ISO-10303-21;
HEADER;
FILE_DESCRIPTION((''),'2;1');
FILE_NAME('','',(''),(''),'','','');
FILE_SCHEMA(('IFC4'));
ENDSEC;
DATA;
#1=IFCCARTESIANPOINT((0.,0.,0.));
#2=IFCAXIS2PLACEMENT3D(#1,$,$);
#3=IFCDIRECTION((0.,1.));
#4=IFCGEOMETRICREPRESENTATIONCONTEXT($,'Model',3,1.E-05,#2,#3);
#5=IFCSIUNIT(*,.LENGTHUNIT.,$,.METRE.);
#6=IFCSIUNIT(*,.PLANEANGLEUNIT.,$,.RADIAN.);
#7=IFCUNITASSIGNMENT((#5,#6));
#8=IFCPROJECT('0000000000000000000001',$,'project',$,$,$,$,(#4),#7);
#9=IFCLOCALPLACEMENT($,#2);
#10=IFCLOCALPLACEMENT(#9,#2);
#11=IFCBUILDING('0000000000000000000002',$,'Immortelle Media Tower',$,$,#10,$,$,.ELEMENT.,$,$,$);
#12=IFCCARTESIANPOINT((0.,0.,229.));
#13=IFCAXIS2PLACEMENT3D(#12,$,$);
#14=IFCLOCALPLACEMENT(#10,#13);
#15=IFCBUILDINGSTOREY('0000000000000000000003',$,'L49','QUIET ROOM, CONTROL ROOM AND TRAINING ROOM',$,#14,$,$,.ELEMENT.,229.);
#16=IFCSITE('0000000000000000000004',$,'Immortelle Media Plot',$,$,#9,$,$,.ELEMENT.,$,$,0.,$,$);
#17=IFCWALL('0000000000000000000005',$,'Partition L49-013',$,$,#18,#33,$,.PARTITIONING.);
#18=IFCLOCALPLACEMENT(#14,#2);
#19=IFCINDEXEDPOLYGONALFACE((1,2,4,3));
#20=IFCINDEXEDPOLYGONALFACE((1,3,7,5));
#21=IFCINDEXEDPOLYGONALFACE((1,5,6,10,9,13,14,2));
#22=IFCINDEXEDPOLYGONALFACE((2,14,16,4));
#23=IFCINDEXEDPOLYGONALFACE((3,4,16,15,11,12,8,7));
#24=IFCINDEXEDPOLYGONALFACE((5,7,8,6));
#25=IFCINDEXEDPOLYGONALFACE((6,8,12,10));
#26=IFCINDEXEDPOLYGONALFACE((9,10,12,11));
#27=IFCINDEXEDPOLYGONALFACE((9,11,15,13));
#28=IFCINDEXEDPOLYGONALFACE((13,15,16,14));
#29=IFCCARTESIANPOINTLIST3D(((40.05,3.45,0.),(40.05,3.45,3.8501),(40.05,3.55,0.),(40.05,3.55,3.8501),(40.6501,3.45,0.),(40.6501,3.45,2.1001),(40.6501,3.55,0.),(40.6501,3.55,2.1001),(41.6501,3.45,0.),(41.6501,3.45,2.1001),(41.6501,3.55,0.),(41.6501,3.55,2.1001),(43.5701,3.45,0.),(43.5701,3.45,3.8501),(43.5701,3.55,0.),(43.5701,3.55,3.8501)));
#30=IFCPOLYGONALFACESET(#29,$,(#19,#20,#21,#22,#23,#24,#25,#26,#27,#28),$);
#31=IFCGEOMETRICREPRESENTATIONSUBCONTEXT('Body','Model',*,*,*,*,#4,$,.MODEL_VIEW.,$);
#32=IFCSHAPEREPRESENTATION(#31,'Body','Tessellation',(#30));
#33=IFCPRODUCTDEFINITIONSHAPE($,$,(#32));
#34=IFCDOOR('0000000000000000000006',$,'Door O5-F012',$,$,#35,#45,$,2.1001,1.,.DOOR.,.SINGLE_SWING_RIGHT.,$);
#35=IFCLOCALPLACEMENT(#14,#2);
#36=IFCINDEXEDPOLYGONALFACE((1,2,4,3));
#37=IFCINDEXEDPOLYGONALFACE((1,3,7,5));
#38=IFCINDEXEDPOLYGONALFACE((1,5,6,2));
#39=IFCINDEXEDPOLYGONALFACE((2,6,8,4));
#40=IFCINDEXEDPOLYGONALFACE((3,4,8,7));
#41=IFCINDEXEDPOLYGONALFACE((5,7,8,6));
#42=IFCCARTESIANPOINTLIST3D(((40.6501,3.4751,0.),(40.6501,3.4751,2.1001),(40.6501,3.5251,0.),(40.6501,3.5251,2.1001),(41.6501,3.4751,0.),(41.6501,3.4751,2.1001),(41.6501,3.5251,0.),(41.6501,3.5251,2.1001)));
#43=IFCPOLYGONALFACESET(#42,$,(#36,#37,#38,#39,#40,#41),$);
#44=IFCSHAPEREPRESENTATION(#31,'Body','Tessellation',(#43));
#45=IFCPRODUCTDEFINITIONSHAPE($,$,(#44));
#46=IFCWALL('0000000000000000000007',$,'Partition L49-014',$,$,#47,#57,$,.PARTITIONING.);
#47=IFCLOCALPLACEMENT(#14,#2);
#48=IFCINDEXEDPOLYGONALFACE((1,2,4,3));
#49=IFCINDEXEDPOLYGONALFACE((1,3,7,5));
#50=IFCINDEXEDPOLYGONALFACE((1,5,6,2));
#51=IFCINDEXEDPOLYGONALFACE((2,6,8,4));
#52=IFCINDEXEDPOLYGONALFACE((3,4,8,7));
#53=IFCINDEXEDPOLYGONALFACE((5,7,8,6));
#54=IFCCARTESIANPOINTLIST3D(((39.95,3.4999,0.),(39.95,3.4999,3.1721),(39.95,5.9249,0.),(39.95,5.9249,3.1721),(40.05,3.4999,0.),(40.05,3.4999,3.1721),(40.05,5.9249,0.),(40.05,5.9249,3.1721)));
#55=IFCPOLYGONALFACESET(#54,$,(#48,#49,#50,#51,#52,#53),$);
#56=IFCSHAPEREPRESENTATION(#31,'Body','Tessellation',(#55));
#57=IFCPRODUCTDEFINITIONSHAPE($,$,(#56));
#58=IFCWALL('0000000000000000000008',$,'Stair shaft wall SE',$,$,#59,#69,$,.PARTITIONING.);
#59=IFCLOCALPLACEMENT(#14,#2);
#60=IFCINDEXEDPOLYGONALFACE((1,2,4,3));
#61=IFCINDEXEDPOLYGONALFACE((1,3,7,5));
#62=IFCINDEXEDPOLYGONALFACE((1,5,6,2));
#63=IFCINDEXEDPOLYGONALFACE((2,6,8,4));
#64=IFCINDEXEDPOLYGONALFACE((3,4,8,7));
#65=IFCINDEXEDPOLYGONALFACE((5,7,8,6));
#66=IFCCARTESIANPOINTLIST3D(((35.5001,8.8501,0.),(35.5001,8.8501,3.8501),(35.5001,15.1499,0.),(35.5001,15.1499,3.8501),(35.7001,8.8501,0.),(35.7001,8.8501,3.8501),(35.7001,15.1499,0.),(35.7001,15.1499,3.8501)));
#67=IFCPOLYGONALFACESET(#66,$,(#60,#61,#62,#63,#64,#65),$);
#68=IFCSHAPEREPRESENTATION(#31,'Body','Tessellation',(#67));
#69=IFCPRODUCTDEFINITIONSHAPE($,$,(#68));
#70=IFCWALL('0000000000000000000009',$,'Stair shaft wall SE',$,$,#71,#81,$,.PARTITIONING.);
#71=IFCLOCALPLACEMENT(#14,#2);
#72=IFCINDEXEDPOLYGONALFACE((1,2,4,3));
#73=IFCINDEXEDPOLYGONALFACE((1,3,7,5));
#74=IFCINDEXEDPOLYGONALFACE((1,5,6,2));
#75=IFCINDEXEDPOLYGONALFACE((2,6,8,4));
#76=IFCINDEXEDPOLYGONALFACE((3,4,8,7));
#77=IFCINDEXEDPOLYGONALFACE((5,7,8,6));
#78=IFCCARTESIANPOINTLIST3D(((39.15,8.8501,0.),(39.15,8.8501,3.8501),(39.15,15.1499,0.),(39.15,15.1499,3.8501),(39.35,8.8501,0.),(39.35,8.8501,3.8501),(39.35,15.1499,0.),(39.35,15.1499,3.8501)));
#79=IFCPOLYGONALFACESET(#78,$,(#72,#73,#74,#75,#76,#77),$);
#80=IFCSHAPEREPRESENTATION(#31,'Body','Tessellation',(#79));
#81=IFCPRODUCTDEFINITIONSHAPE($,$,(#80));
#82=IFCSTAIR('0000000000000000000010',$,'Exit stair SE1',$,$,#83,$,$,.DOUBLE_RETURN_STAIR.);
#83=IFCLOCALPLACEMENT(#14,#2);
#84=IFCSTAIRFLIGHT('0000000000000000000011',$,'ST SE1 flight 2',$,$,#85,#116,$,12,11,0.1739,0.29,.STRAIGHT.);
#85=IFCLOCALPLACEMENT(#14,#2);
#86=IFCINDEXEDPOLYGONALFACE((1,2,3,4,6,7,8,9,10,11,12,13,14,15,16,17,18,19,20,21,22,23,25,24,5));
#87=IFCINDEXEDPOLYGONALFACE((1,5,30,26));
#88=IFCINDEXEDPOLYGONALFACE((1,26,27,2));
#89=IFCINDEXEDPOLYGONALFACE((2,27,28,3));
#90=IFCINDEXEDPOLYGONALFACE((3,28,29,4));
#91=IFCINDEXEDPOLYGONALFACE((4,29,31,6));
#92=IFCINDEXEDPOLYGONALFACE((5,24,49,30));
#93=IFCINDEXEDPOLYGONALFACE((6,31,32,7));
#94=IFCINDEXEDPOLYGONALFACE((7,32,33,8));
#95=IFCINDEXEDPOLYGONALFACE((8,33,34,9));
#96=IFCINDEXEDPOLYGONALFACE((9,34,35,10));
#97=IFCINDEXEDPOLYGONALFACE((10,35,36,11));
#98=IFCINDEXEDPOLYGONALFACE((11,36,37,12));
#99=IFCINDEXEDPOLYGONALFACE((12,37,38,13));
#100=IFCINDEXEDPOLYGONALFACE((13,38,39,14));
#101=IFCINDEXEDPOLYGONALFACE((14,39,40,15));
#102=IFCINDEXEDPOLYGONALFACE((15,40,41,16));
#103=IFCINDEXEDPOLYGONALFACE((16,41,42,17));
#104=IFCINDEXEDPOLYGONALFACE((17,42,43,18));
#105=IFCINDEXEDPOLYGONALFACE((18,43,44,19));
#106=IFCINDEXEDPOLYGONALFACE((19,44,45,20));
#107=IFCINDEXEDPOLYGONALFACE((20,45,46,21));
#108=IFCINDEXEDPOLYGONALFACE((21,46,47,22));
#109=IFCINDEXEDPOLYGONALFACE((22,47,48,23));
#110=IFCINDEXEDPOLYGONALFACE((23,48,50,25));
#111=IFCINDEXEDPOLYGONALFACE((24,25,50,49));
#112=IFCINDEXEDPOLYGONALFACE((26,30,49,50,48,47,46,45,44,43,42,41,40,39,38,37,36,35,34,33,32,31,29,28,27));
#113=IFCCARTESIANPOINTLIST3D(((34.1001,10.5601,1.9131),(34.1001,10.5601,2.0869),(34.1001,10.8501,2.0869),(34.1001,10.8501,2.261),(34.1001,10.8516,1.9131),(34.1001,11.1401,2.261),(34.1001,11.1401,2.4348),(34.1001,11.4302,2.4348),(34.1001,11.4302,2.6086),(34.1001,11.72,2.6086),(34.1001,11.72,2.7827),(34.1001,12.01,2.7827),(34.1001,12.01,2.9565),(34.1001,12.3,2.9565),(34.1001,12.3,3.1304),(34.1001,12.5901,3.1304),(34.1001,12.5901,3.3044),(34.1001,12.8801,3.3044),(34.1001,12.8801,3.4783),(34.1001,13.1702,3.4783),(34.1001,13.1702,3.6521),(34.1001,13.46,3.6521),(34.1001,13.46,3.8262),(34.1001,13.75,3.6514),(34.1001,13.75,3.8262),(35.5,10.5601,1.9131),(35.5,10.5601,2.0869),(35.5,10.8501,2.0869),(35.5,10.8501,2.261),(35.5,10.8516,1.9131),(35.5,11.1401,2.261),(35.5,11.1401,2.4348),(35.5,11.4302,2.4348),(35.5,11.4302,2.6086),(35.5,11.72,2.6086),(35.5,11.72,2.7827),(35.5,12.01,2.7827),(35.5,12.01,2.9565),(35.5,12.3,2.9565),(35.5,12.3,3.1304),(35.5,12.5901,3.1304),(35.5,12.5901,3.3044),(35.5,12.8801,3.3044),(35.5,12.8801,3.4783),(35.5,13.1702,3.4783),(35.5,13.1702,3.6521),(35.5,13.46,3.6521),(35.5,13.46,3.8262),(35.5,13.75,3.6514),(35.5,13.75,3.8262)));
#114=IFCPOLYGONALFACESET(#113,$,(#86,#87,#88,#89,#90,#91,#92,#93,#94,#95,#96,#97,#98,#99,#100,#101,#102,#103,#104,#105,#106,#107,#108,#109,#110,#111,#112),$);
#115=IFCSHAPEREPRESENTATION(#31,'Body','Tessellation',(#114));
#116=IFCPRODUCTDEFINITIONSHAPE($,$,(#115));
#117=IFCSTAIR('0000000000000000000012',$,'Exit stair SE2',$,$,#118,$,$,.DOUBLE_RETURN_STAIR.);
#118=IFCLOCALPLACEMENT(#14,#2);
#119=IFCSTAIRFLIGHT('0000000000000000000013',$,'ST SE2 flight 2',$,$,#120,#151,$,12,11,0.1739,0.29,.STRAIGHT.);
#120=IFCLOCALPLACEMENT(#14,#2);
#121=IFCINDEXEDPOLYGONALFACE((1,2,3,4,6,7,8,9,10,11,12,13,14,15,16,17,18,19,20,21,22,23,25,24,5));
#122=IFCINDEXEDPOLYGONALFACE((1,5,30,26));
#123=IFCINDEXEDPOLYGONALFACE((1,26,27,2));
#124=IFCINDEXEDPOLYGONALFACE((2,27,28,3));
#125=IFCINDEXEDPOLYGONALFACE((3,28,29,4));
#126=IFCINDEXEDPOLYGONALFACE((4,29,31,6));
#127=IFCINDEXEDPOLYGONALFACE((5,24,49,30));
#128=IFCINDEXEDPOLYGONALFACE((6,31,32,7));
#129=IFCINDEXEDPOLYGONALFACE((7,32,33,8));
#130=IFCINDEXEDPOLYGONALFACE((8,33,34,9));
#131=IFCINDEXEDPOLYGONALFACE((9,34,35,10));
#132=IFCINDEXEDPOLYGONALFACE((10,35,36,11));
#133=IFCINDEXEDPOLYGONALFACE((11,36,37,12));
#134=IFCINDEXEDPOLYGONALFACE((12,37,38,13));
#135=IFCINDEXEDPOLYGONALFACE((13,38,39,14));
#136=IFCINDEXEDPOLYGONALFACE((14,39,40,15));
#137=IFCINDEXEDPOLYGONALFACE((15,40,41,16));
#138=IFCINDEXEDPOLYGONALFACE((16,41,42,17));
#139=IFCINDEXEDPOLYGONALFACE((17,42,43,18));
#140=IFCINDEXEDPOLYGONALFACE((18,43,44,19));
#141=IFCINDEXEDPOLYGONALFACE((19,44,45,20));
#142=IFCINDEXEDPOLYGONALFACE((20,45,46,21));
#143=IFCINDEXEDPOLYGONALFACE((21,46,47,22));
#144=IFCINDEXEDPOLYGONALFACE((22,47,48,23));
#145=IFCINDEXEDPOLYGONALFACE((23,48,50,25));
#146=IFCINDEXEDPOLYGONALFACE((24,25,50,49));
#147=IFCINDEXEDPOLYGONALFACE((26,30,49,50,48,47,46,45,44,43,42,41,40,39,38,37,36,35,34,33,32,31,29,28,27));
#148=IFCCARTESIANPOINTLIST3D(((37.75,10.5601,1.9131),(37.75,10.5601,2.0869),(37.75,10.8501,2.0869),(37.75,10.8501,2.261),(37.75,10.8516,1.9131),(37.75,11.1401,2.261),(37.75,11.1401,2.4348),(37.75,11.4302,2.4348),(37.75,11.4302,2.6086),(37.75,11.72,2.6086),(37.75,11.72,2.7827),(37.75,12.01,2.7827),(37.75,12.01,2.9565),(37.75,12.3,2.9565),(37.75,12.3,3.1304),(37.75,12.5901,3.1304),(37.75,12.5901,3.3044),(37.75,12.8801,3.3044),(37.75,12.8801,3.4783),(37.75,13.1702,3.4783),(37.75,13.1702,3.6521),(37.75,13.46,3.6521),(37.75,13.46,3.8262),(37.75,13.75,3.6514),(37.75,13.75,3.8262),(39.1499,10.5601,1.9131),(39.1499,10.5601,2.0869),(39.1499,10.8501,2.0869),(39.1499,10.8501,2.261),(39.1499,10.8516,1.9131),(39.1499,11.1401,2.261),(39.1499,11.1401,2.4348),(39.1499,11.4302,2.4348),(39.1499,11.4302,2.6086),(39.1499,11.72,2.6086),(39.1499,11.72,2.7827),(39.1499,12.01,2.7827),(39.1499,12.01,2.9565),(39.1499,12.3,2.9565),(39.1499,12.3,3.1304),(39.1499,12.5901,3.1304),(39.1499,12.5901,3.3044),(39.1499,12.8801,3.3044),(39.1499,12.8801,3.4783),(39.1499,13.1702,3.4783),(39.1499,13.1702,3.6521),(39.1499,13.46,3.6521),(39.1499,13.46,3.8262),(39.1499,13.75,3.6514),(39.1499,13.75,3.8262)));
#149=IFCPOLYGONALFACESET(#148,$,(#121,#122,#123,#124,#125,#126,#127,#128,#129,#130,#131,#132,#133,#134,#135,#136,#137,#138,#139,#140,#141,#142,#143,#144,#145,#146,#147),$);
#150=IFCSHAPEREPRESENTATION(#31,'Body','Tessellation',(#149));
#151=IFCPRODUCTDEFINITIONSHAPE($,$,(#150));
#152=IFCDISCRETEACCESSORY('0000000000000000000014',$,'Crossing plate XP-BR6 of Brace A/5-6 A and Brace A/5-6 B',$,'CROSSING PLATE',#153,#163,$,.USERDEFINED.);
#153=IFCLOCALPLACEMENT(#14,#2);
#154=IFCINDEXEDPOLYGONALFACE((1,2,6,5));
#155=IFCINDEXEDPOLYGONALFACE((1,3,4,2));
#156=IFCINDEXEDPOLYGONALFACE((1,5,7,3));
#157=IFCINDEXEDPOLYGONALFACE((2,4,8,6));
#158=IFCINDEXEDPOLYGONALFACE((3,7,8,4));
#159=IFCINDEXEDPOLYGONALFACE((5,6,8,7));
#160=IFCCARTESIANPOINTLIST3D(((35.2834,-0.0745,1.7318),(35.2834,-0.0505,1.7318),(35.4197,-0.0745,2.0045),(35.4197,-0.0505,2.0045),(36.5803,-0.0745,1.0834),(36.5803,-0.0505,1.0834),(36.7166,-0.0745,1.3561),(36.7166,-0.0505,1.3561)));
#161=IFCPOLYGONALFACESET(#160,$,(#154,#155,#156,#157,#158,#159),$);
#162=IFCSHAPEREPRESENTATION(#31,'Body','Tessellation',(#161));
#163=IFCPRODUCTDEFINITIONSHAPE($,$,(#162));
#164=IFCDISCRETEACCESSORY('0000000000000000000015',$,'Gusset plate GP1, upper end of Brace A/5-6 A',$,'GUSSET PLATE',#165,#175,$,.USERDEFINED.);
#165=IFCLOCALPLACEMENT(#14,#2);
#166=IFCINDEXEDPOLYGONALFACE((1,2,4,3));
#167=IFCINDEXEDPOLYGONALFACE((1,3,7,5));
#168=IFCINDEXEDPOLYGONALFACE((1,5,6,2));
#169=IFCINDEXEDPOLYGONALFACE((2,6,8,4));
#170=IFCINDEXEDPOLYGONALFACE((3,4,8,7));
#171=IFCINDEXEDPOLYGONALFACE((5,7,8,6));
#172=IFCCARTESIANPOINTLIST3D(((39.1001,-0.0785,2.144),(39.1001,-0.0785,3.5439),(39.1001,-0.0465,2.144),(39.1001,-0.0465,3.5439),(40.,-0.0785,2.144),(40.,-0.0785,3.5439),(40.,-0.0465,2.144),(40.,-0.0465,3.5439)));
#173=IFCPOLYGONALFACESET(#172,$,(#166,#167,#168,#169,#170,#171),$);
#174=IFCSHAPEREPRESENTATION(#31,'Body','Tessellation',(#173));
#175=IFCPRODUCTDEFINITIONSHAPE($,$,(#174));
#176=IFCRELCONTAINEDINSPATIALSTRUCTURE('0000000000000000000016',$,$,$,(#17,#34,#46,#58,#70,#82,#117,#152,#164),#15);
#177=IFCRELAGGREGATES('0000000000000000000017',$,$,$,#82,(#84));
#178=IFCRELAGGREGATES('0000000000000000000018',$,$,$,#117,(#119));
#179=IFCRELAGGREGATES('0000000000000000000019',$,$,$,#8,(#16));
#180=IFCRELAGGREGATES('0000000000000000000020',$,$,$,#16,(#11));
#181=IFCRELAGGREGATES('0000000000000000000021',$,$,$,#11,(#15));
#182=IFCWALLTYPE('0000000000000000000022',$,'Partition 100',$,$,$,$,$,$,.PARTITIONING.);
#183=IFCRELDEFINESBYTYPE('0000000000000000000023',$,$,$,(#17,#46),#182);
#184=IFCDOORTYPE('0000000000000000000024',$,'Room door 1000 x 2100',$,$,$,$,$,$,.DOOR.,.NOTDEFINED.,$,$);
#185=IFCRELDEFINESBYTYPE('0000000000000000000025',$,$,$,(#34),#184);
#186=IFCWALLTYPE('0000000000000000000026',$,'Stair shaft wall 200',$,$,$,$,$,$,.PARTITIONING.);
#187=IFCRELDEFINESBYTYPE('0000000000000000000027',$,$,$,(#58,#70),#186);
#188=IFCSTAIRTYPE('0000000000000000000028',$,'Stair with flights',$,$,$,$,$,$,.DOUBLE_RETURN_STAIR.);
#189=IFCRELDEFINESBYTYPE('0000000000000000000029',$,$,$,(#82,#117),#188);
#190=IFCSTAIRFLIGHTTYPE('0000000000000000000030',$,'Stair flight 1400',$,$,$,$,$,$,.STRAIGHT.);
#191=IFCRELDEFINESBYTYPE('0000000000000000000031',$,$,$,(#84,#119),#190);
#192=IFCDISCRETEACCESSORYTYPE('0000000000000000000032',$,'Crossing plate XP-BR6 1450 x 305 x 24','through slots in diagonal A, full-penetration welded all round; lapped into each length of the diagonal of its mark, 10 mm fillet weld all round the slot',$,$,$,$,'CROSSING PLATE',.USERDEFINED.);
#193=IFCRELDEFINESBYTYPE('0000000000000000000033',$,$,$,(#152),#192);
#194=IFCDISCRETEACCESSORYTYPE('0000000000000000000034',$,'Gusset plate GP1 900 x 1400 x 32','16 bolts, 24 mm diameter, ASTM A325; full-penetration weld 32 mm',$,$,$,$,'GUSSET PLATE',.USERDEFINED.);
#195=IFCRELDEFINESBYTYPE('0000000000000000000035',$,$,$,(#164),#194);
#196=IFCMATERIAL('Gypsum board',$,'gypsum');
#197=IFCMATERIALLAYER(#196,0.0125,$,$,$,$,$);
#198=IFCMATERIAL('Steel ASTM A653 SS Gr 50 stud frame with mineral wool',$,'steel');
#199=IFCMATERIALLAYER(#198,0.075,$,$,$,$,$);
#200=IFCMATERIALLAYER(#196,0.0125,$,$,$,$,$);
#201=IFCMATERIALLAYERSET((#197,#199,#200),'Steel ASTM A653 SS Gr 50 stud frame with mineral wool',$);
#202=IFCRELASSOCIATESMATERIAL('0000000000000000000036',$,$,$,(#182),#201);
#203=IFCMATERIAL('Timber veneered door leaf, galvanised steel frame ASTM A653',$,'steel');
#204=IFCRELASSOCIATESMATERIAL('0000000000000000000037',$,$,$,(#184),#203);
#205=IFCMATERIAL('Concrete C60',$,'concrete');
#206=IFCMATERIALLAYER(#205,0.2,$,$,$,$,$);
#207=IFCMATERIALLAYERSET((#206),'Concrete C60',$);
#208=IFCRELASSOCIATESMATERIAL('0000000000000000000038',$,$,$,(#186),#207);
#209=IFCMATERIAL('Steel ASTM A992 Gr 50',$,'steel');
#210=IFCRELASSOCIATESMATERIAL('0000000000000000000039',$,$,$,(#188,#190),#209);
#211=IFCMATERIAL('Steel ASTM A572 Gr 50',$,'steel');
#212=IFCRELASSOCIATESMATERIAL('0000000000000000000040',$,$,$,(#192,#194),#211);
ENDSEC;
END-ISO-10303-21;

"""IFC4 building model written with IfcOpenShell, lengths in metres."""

from ifc_helpers import new_model, si_unit, direction, frame, frame_2d, origin, origin_2d, place, context, subcontext, project, spatial, polyline, rectangle, outline, extrude, material, layer, layer_set, material_profile, profile_set, type_object, element, fill, aggregate, save


model = new_model("IFC4")

# Units and contexts
model_context = context("Model", 3, precision=1e-05, world=origin(), true_north=direction((0.0, 1.0)))
body_context = subcontext(model_context, "Body", "Model", "MODEL_VIEW")
ifc_project = project(units=[si_unit("LENGTHUNIT", "METRE"), si_unit("PLANEANGLEUNIT", "RADIAN")], contexts=[model_context])

# Site, building, storey
site_placement = place(None, origin())
site = spatial("IfcSite", under=ifc_project, at=site_placement, Name="Immortelle Media Plot", CompositionType="ELEMENT", RefElevation=0.0)
building_placement = place(site_placement, origin())
building = spatial("IfcBuilding", under=site, at=building_placement, Name="Immortelle Media Tower", CompositionType="ELEMENT")
storey_placement = place(building_placement, frame((0.0, 0.0, 229.0)))
storey = spatial("IfcBuildingStorey", under=building, at=storey_placement, Name="L49", Description="QUIET ROOM, CONTROL ROOM AND TRAINING ROOM", CompositionType="ELEMENT", Elevation=229.0)

# Shared definitions
ifc_material_1 = material(Name="Steel ASTM A992 Gr 50", Category="steel")

# Shared definitions
ifc_material_2 = material(Name="Steel ASTM A653 SS Gr 50 stud frame with mineral wool", Category="steel")
ifc_material_3 = material(Name="Gypsum board", Category="gypsum")
ifc_layer_1 = layer(ifc_material_3, 0.0125)
ifc_layer_2 = layer(ifc_material_2, 0.075)
ifc_layer_3 = layer(ifc_material_3, 0.0125)
ifc_layer_set_1 = layer_set([ifc_layer_1, ifc_layer_2, ifc_layer_3], Name="Steel ASTM A653 SS Gr 50 stud frame with mineral wool")
wall_type_1 = type_object("IfcWallType", Name="Partition 100", PredefinedType="PARTITIONING", material=ifc_layer_set_1)

# Wall, opening, door
wall_1_placement = place(storey_placement, frame((40.05, 3.5, 0.0), z_axis=(0.0, 0.0, 1.0), x_axis=(1.0, 0.0, 0.0)))
wall_1 = element("IfcWall", 1, at=wall_1_placement, inside=storey, type_object=wall_type_1, Name="Partition L49-013", PredefinedType="PARTITIONING", context=body_context, shape_type="SweptSolid", body=[
    extrude(rectangle(XDim=3.52, YDim=0.1001, at=frame_2d((1.76, 0.0))), origin(), (0.0, 0.0, 1.0), 3.8501),
])
opening_placement = place(wall_1_placement, frame((1.6001, 0.0, 0.0), z_axis=(0.0, 0.0, 1.0), x_axis=(-1.0, 0.0, 0.0)))
opening = element("IfcOpeningElement", 2, at=opening_placement, cuts=wall_1, PredefinedType="OPENING", context=body_context, shape_type="SweptSolid", body=[
    extrude(rectangle(XDim=1.0, YDim=2.1001, at=frame_2d((0.5, 1.05))), frame((0.0, 0.0601, 0.0), z_axis=(0.0, -1.0, 0.0), x_axis=(1.0, 0.0, 0.0)), (0.0, 0.0, 1.0), 0.1201),
])
ifc_material_4 = material(Name="Timber veneered door leaf, galvanised steel frame ASTM A653", Category="steel")
door_type = type_object("IfcDoorType", Name="Room door 1000 x 2100", OperationType="NOTDEFINED", PredefinedType="DOOR", material=ifc_material_4)
door_placement = place(opening_placement, origin())
door = element("IfcDoor", 3, at=door_placement, inside=storey, type_object=door_type, Name="Door O5-F012", OperationType="SINGLE_SWING_RIGHT", OverallHeight=2.1001, OverallWidth=1.0, PredefinedType="DOOR", context=body_context, shape_type="SweptSolid", body=[
    extrude(rectangle(XDim=1.0, YDim=2.1001, at=frame_2d((0.5, 1.05))), frame((0.0, 0.0249, 0.0), z_axis=(0.0, -1.0, 0.0), x_axis=(1.0, 0.0, 0.0)), (0.0, 0.0, 1.0), 0.05),
])
fill(opening, door)

# Walls
wall_2_placement = place(storey_placement, frame((40.0, 3.5, 0.0), z_axis=(0.0, 0.0, 1.0), x_axis=(0.0, 1.0, 0.0)))
element("IfcWall", 4, at=wall_2_placement, inside=storey, type_object=wall_type_1, Name="Partition L49-014", PredefinedType="PARTITIONING", context=body_context, shape_type="SweptSolid", body=[
    extrude(rectangle(XDim=2.425, YDim=0.1001, at=frame_2d((1.2124, 0.0))), origin(), (0.0, 0.0, 1.0), 3.1721),
])
ifc_material_5 = material(Name="Concrete C60", Category="concrete")
ifc_layer_4 = layer(ifc_material_5, 0.2)
ifc_layer_set_2 = layer_set([ifc_layer_4], Name="Concrete C60")
wall_type_2 = type_object("IfcWallType", Name="Stair shaft wall 200", PredefinedType="PARTITIONING", material=ifc_layer_set_2)
for number, where, z_axis, x_axis, name in (
    (5, (35.6001, 8.8501, 0.0), (0.0, 0.0, 1.0), (0.0, 1.0, 0.0), "Stair shaft wall SE"),
    (6, (39.25, 8.8501, 0.0), (0.0, 0.0, 1.0), (0.0, 1.0, 0.0), "Stair shaft wall SE"),
):
    element("IfcWall", number, at=place(storey_placement, frame(where, z_axis=z_axis, x_axis=x_axis)), inside=storey, type_object=wall_type_2, Name=name, PredefinedType="PARTITIONING", context=body_context, shape_type="SweptSolid", body=[
        extrude(rectangle(XDim=6.2998, YDim=0.2, at=frame_2d((3.1499, 0.0))), origin(), (0.0, 0.0, 1.0), 3.8501),
    ])

# Stairs, stair flights
stair_type = type_object("IfcStairType", Name="Stair with flights", PredefinedType="DOUBLE_RETURN_STAIR", material=ifc_material_1)
stair_1_placement = place(storey_placement, origin())
stair_1 = element("IfcStair", 7, at=stair_1_placement, inside=storey, type_object=stair_type, Name="Exit stair SE1", PredefinedType="DOUBLE_RETURN_STAIR")
stair_flight_type = type_object("IfcStairFlightType", Name="Stair flight 1400", PredefinedType="STRAIGHT", material=ifc_material_1)
stair_flight_1_placement = place(storey_placement, frame((34.8, 10.5601, 1.9131), z_axis=(0.0, 0.0, 1.0), x_axis=(0.0, 1.0, 0.0)))
stair_flight_1 = element("IfcStairFlight", 8, at=stair_flight_1_placement, type_object=stair_flight_type, Name="ST SE1 flight 2", NumberOfRisers=12, NumberOfTreads=11, PredefinedType="STRAIGHT", RiserHeight=0.1739, TreadLength=0.29, context=body_context, shape_type="SweptSolid", body=[
    extrude(outline(polyline([(0.0, 0.0), (0.0, 0.1738), (0.29, 0.1738), (0.29, 0.3479), (0.5801, 0.3479), (0.5801, 0.5217), (0.8701, 0.5217), (0.8701, 0.6956), (1.1599, 0.6956), (1.1599, 0.8696), (1.45, 0.8696), (1.45, 1.0435), (1.74, 1.0435), (1.74, 1.2173), (2.03, 1.2173), (2.03, 1.3914), (2.3201, 1.3914), (2.3201, 1.5652), (2.6101, 1.5652), (2.6101, 1.739), (2.8999, 1.739), (2.8999, 1.9131), (3.1899, 1.9131), (3.1899, 2.0869), (3.1899, 1.7383), (0.2915, 0.0), (0.0, 0.0)])), frame((0.0, 0.7, 0.0), z_axis=(0.0, -1.0, 0.0), x_axis=(1.0, 0.0, 0.0)), (0.0, 0.0, 1.0), 1.3999),
])
aggregate(stair_1, [stair_flight_1])
stair_2_placement = place(storey_placement, origin())
stair_2 = element("IfcStair", 9, at=stair_2_placement, inside=storey, type_object=stair_type, Name="Exit stair SE2", PredefinedType="DOUBLE_RETURN_STAIR")
stair_flight_2_placement = place(storey_placement, frame((38.45, 10.5601, 1.9131), z_axis=(0.0, 0.0, 1.0), x_axis=(0.0, 1.0, 0.0)))
stair_flight_2 = element("IfcStairFlight", 10, at=stair_flight_2_placement, type_object=stair_flight_type, Name="ST SE2 flight 2", NumberOfRisers=12, NumberOfTreads=11, PredefinedType="STRAIGHT", RiserHeight=0.1739, TreadLength=0.29, context=body_context, shape_type="SweptSolid", body=[
    extrude(outline(polyline([(0.0, 0.0), (0.0, 0.1738), (0.29, 0.1738), (0.29, 0.3479), (0.5801, 0.3479), (0.5801, 0.5217), (0.8701, 0.5217), (0.8701, 0.6956), (1.1599, 0.6956), (1.1599, 0.8696), (1.45, 0.8696), (1.45, 1.0435), (1.74, 1.0435), (1.74, 1.2173), (2.03, 1.2173), (2.03, 1.3914), (2.3201, 1.3914), (2.3201, 1.5652), (2.6101, 1.5652), (2.6101, 1.739), (2.8999, 1.739), (2.8999, 1.9131), (3.1899, 1.9131), (3.1899, 2.0869), (3.1899, 1.7383), (0.2915, 0.0), (0.0, 0.0)])), frame((0.0, 0.7, 0.0), z_axis=(0.0, -1.0, 0.0), x_axis=(1.0, 0.0, 0.0)), (0.0, 0.0, 1.0), 1.3999),
])
aggregate(stair_2, [stair_flight_2])

# Discrete accessories
ifc_material_6 = material(Name="Steel ASTM A572 Gr 50", Category="steel")
ifc_material_profile_1 = material_profile(ifc_material_6, rectangle(XDim=0.0239, YDim=0.3049, at=origin_2d()), Name="PL 24 x 305")
ifc_profile_set_1 = profile_set([ifc_material_profile_1], Name="Steel ASTM A572 Gr 50")
discrete_accessory_type_1 = type_object("IfcDiscreteAccessoryType", Name="Crossing plate XP-BR6 1450 x 305 x 24", Description="through slots in diagonal A, full-penetration welded all round; lapped into each length of the diagonal of its mark, 10 mm fillet weld all round the slot", ElementType="CROSSING PLATE", PredefinedType="USERDEFINED", material=ifc_profile_set_1)
discrete_accessory_placement = place(storey_placement, frame((35.3516, -0.0625, 1.8682), z_axis=(0.894427, 0.0, -0.447214), x_axis=(0.0, 1.0, 0.0)))
element("IfcDiscreteAccessory", 11, at=discrete_accessory_placement, inside=storey, type_object=discrete_accessory_type_1, Name="Crossing plate XP-BR6 of Brace A/5-6 A and Brace A/5-6 B", ObjectType="CROSSING PLATE", PredefinedType="USERDEFINED", context=body_context, shape_type="SweptSolid", body=[
    extrude(rectangle(XDim=0.0239, YDim=0.3049, at=origin_2d()), origin(), (0.0, 0.0, 1.0), 1.45),
])
ifc_material_profile_2 = material_profile(ifc_material_6, rectangle(XDim=0.032, YDim=1.3999, at=origin_2d()), Name="PL 32 x 1400")
ifc_profile_set_2 = profile_set([ifc_material_profile_2], Name="Steel ASTM A572 Gr 50")
discrete_accessory_type_2 = type_object("IfcDiscreteAccessoryType", Name="Gusset plate GP1 900 x 1400 x 32", Description="16 bolts, 24 mm diameter, ASTM A325; full-penetration weld 32 mm", ElementType="GUSSET PLATE", PredefinedType="USERDEFINED", material=ifc_profile_set_2)
for number, where, z_axis, x_axis, name in (
    (12, (40.0, -0.0625, 2.844), (-1.0, 0.0, 0.0), (0.0, -1.0, 0.0), "Gusset plate GP1, upper end of Brace A/5-6 A"),
):
    element("IfcDiscreteAccessory", number, at=place(storey_placement, frame(where, z_axis=z_axis, x_axis=x_axis)), inside=storey, type_object=discrete_accessory_type_2, Name=name, ObjectType="GUSSET PLATE", PredefinedType="USERDEFINED", context=body_context, shape_type="SweptSolid", body=[
        extrude(rectangle(XDim=0.032, YDim=1.3999, at=origin_2d()), origin(), (0.0, 0.0, 1.0), 0.8999),
    ])

save(model, "model.ifc")
